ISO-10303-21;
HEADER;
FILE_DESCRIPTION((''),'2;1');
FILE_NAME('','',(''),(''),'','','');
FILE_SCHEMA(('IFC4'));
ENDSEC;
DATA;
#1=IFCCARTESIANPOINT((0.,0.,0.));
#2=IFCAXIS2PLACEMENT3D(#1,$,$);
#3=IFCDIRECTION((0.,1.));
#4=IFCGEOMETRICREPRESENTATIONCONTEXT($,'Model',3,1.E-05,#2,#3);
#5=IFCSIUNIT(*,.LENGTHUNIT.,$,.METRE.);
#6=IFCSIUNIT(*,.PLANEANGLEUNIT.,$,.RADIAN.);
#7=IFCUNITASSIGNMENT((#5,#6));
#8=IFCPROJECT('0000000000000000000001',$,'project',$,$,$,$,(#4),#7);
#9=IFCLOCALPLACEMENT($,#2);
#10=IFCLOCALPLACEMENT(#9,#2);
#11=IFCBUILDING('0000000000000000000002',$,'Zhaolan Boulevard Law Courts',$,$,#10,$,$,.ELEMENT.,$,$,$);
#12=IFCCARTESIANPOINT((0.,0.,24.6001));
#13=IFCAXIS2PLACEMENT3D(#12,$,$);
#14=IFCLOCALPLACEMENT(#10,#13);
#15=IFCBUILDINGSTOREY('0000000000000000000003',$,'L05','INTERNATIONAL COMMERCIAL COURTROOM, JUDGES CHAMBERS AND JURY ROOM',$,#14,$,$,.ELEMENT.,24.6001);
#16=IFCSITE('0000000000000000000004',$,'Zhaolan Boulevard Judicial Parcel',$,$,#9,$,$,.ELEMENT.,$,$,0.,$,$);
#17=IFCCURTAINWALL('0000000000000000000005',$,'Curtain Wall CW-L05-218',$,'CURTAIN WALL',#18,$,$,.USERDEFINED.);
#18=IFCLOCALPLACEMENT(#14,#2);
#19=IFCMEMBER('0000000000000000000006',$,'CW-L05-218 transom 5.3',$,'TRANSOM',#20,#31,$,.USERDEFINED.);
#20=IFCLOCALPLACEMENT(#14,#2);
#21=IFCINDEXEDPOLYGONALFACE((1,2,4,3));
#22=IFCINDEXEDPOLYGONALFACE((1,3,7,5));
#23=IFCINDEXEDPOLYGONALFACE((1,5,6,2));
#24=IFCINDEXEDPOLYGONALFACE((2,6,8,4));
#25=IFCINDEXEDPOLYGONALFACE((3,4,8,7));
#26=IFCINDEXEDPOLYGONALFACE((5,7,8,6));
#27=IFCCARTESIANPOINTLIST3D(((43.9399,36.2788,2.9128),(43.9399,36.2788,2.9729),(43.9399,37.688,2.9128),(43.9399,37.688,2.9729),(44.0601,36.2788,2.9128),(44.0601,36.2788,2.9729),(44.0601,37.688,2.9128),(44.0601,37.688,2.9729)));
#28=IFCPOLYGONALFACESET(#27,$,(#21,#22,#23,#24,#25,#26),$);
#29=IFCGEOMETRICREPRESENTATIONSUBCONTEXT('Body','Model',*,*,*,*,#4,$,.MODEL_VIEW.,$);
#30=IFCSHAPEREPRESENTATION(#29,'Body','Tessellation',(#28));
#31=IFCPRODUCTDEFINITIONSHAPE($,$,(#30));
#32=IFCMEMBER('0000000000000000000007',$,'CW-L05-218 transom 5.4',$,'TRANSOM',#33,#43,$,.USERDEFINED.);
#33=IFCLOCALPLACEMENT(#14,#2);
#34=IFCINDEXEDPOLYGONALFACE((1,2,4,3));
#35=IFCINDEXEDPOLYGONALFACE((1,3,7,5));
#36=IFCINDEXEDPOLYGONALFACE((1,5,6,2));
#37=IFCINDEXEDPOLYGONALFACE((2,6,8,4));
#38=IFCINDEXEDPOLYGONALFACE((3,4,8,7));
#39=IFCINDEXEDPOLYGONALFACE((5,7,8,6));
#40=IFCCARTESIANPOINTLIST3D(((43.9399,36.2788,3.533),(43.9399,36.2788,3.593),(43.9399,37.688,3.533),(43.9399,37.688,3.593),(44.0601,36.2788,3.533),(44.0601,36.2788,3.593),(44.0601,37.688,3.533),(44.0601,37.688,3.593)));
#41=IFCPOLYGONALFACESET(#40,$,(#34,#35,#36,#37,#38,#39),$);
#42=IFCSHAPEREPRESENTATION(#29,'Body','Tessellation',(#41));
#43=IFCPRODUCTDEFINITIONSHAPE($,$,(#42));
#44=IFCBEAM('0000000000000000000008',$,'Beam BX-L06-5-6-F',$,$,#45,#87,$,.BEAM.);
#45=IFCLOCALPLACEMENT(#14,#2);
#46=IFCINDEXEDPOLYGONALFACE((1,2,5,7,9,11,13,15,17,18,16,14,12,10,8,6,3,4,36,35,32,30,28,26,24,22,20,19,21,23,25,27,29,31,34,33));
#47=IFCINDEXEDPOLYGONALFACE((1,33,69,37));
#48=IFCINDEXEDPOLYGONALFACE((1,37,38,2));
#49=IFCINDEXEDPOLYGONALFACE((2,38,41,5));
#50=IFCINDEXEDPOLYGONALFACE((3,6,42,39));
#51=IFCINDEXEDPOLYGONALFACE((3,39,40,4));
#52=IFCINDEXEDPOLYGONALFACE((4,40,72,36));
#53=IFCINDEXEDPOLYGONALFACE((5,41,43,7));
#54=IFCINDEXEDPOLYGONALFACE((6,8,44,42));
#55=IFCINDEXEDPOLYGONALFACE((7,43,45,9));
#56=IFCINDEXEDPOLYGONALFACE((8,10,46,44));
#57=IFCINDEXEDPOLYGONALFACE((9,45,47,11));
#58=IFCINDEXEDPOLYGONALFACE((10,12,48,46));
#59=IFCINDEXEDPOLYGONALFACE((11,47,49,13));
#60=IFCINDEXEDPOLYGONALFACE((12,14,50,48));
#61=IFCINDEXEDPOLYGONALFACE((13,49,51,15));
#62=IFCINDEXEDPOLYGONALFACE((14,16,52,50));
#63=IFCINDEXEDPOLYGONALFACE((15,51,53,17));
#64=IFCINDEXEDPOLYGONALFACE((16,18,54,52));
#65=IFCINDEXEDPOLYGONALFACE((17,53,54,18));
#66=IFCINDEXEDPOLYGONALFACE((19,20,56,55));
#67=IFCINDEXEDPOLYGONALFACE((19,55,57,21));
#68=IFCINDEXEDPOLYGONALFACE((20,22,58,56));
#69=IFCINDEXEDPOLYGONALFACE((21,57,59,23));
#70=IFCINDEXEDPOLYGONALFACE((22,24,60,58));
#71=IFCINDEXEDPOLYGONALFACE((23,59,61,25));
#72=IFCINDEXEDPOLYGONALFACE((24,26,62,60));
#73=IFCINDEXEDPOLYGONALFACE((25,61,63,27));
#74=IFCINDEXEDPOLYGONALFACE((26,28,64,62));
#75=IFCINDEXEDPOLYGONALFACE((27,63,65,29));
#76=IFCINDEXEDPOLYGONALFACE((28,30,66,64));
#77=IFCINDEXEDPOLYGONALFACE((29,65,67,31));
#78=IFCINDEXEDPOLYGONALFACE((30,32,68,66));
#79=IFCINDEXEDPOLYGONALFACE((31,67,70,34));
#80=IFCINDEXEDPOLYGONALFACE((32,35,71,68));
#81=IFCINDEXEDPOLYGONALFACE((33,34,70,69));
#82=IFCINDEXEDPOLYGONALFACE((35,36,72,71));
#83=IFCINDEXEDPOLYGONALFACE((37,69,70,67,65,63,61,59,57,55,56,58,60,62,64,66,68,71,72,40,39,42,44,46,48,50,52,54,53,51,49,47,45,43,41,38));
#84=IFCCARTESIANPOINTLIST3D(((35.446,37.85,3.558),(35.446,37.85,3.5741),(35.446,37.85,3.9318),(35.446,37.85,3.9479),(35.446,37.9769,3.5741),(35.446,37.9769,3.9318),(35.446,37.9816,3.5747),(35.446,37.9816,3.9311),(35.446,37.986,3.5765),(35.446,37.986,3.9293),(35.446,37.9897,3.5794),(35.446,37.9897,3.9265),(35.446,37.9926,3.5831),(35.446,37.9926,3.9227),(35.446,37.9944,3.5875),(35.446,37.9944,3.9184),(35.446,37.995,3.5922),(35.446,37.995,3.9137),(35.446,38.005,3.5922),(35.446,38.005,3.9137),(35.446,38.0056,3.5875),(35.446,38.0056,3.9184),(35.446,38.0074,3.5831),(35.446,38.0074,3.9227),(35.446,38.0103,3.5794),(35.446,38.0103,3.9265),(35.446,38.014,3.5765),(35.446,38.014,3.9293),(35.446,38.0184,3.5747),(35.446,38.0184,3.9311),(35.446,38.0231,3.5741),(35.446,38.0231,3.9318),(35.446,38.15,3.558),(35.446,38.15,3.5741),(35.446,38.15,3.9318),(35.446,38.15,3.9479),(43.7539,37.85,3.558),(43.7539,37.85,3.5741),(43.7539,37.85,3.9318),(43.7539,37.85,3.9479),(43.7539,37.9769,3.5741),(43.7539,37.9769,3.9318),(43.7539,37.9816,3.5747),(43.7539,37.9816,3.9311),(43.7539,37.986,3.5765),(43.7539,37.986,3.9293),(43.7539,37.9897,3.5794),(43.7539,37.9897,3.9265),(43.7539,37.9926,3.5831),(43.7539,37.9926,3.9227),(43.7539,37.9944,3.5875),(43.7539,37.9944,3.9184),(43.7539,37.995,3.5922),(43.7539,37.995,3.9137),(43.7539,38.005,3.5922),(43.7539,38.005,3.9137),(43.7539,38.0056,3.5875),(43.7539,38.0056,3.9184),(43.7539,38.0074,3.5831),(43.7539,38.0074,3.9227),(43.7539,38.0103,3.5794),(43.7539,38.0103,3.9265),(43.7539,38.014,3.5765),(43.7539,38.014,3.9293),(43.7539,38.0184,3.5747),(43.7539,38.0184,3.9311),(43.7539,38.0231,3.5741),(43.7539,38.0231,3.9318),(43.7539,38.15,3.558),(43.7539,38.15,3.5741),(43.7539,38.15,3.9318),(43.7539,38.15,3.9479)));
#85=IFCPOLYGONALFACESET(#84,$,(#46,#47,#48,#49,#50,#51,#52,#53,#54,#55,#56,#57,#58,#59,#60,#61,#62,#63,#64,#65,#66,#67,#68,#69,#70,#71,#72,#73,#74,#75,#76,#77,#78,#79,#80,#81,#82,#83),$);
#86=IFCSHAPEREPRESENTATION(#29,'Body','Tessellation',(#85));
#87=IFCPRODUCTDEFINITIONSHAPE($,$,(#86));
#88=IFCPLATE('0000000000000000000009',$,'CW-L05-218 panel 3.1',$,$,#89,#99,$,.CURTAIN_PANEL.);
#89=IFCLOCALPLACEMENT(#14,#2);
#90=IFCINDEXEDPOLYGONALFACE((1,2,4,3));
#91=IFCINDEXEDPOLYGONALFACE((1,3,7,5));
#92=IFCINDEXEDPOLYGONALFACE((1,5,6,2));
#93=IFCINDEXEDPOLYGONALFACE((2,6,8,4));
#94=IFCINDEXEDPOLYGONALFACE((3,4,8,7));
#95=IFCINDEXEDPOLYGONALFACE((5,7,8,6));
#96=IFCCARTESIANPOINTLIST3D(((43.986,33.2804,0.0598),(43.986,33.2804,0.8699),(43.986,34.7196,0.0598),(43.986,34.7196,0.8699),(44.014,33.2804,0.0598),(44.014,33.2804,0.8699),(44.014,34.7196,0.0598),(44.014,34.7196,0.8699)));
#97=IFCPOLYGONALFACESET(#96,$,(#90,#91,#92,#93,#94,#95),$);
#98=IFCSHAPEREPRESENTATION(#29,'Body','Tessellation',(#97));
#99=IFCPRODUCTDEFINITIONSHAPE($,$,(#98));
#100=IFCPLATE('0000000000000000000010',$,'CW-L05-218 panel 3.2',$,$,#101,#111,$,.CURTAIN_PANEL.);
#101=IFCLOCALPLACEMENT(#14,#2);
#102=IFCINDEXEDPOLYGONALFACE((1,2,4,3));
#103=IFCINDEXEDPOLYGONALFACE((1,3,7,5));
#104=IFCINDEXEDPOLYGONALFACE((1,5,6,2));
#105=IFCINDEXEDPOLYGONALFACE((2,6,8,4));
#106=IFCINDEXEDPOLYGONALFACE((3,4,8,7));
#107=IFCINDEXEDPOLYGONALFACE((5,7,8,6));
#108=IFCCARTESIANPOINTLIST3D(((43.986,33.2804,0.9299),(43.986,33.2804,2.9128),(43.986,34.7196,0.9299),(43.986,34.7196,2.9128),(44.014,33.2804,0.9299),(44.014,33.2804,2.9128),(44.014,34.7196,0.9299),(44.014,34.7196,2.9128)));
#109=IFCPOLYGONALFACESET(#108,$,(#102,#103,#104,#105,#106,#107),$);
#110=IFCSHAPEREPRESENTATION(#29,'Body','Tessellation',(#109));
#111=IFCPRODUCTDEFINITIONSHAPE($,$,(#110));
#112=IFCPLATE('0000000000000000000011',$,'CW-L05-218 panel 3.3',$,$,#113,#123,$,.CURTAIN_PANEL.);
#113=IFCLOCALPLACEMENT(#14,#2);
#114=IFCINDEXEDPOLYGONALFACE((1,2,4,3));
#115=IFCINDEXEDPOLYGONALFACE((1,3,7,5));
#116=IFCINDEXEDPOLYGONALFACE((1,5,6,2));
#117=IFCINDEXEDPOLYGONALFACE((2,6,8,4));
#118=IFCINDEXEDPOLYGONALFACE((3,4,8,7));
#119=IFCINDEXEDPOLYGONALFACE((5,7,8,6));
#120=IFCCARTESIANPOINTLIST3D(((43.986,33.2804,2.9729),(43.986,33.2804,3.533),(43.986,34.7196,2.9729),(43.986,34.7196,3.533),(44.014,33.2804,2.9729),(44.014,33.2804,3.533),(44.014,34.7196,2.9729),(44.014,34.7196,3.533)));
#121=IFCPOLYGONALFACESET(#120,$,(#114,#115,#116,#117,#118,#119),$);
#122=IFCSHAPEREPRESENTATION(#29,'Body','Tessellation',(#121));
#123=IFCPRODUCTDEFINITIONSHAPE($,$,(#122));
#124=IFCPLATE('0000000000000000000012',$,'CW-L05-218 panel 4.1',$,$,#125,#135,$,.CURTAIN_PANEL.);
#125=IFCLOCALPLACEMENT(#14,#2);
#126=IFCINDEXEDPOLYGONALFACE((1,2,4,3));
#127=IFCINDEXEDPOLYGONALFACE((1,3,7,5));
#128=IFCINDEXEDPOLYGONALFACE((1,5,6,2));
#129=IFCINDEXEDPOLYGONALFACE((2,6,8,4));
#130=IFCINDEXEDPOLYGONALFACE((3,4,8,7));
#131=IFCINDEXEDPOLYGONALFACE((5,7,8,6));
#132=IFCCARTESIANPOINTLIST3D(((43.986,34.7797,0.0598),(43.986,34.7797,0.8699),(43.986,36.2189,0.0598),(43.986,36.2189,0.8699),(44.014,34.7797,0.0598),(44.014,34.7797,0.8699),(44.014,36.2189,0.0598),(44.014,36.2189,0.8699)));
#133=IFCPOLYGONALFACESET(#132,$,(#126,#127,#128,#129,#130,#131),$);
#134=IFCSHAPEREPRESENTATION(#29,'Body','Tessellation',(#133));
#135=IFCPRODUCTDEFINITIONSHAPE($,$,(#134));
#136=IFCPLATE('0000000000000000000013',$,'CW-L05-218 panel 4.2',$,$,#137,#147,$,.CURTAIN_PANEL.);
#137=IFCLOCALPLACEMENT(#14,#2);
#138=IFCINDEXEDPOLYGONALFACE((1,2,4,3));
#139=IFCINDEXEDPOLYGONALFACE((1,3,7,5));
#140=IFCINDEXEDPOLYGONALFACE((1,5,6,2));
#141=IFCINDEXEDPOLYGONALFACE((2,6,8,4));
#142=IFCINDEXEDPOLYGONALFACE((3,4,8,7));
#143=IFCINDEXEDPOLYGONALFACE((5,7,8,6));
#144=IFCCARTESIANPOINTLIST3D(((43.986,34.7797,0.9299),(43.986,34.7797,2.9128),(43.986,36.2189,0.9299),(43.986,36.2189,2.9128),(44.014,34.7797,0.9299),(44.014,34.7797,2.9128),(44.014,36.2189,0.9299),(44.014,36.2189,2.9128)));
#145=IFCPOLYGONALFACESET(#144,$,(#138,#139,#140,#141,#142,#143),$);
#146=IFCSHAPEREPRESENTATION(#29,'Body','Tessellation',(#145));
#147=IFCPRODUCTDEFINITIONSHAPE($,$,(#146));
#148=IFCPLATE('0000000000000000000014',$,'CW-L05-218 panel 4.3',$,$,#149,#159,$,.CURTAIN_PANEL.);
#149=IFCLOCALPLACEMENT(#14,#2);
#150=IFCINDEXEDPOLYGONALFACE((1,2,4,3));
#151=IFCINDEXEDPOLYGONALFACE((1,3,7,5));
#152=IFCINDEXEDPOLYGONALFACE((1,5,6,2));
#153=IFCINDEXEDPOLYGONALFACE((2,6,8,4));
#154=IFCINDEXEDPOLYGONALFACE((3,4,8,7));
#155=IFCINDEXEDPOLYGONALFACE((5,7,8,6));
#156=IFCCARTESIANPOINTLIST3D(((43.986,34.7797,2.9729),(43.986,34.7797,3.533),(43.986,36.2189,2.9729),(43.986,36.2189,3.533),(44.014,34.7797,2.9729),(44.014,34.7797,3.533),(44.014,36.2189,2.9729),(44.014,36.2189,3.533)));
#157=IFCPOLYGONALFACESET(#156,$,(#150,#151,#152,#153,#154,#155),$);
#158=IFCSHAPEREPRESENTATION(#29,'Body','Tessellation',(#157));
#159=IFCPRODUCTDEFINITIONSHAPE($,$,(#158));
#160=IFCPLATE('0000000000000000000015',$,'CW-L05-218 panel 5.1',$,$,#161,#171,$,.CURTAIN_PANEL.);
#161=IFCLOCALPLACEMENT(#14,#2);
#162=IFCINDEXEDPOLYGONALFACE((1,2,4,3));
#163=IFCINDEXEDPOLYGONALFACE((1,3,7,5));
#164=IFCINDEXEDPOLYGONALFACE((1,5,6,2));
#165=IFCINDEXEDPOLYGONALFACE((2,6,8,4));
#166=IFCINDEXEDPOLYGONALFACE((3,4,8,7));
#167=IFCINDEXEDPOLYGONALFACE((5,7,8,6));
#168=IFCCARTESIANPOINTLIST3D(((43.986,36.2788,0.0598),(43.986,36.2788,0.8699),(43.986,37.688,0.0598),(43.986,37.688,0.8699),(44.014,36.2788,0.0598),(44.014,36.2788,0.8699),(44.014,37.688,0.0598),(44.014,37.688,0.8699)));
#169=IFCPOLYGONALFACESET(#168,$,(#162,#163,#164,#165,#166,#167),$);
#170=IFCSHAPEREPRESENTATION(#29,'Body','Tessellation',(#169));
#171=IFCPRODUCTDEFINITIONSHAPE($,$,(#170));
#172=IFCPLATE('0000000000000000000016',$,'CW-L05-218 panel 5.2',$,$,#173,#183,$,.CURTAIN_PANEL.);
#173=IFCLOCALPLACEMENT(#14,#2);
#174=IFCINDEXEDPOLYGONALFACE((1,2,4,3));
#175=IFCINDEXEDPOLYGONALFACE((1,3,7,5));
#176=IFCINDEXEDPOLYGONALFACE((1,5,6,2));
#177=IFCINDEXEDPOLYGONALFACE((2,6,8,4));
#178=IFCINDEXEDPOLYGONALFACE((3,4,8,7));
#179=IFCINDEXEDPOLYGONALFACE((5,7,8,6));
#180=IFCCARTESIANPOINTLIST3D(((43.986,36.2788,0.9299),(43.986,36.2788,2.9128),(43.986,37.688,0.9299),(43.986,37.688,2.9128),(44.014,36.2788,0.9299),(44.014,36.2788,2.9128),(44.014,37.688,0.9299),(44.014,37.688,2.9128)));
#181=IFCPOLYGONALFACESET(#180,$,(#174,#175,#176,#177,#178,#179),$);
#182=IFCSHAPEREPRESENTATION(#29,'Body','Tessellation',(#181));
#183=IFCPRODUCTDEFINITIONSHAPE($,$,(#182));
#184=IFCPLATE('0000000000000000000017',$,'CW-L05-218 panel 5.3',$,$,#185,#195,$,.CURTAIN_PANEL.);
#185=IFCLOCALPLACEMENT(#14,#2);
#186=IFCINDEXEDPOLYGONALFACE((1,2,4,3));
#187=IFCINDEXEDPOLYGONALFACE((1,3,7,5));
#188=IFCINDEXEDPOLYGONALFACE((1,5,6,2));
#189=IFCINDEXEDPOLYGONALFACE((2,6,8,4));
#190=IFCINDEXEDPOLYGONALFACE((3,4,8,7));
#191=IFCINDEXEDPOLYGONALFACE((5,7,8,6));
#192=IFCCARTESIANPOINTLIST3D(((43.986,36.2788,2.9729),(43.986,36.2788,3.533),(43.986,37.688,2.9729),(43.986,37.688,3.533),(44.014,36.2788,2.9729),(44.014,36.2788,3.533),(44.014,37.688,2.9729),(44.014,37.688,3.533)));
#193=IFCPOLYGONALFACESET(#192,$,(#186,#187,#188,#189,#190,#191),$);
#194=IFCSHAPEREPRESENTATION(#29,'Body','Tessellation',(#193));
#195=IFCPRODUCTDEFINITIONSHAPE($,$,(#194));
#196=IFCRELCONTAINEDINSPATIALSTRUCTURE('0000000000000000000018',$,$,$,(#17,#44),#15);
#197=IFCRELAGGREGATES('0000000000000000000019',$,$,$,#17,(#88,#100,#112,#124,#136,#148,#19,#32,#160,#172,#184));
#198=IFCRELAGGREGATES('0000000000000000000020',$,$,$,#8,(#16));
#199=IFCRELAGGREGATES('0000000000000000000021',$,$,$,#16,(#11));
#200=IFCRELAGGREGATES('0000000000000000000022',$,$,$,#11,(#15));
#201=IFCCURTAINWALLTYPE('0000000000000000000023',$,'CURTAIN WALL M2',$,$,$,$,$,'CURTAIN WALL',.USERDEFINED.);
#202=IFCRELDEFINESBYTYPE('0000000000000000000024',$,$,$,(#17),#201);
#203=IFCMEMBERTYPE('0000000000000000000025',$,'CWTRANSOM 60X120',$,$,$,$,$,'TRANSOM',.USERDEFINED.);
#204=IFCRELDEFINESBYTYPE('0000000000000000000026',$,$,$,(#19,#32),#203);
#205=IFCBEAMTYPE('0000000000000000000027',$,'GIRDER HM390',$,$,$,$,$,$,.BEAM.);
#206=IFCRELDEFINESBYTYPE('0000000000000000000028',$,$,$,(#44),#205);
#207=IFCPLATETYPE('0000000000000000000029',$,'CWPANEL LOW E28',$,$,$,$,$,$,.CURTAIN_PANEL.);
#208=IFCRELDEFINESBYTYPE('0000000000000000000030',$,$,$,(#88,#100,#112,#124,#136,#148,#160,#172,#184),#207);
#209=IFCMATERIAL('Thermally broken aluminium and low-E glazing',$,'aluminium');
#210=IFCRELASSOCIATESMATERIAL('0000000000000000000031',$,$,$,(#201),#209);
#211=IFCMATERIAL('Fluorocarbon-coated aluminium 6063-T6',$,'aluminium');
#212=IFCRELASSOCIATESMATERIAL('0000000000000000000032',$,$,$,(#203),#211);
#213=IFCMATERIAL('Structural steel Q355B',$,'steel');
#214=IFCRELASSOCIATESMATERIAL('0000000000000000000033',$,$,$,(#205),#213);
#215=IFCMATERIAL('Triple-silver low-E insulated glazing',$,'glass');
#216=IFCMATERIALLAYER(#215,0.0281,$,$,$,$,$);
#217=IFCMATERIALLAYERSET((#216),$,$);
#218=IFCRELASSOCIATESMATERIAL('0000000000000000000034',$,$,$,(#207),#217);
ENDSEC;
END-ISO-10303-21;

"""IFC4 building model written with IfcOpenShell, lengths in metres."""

from ifc_helpers import new_model, si_unit, direction, frame, origin, origin_2d, place, context, subcontext, project, spatial, rectangle, i_section, extrude, material, layer, layer_set, material_profile, profile_set, type_object, element, aggregate, save


model = new_model("IFC4")

# Units and contexts
model_context = context("Model", 3, precision=1e-05, world=origin(), true_north=direction((0.0, 1.0)))
body_context = subcontext(model_context, "Body", "Model", "MODEL_VIEW")
ifc_project = project(units=[si_unit("LENGTHUNIT", "METRE"), si_unit("PLANEANGLEUNIT", "RADIAN")], contexts=[model_context])

# Site, building, storey
site_placement = place(None, origin())
site = spatial("IfcSite", under=ifc_project, at=site_placement, Name="Zhaolan Boulevard Judicial Parcel", CompositionType="ELEMENT", RefElevation=0.0)
building_placement = place(site_placement, origin())
building = spatial("IfcBuilding", under=site, at=building_placement, Name="Zhaolan Boulevard Law Courts", CompositionType="ELEMENT")
storey_placement = place(building_placement, frame((0.0, 0.0, 24.6001)))
storey = spatial("IfcBuildingStorey", under=building, at=storey_placement, Name="L05", Description="INTERNATIONAL COMMERCIAL COURTROOM, JUDGES CHAMBERS AND JURY ROOM", CompositionType="ELEMENT", Elevation=24.6001)

# Curtain wall, members
ifc_material_1 = material(Name="Thermally broken aluminium and low-E glazing", Category="aluminium")
curtain_wall_type = type_object("IfcCurtainWallType", Name="CURTAIN WALL M2", ElementType="CURTAIN WALL", PredefinedType="USERDEFINED", material=ifc_material_1)
curtain_wall_placement = place(storey_placement, origin())
curtain_wall = element("IfcCurtainWall", 1, at=curtain_wall_placement, inside=storey, type_object=curtain_wall_type, Name="Curtain Wall CW-L05-218", ObjectType="CURTAIN WALL", PredefinedType="USERDEFINED")
ifc_material_2 = material(Name="Fluorocarbon-coated aluminium 6063-T6", Category="aluminium")
ifc_material_profile_1 = material_profile(ifc_material_2, rectangle(XDim=0.1201, YDim=0.0601, at=origin_2d()), Name="AL60x120")
ifc_profile_set_1 = profile_set([ifc_material_profile_1], Name="Fluorocarbon-coated aluminium 6063-T6")
member_type_1 = type_object("IfcMemberType", Name="CWTRANSOM 60X120", ElementType="TRANSOM", PredefinedType="USERDEFINED", material=ifc_profile_set_1)
member_1_placement = place(storey_placement, frame((44.0, 36.2788, 2.9429), z_axis=(0.0, 1.0, 0.0), x_axis=(-1.0, 0.0, 0.0)))
member_1 = element("IfcMember", 2, at=member_1_placement, type_object=member_type_1, Name="CW-L05-218 transom 5.3", ObjectType="TRANSOM", PredefinedType="USERDEFINED", context=body_context, shape_type="SweptSolid", body=[
    extrude(rectangle(XDim=0.1201, YDim=0.0601, at=origin_2d()), origin(), (0.0, 0.0, 1.0), 1.4092),
])
member_2_placement = place(storey_placement, frame((44.0, 36.2788, 3.563), z_axis=(0.0, 1.0, 0.0), x_axis=(-1.0, 0.0, 0.0)))
member_2 = element("IfcMember", 3, at=member_2_placement, type_object=member_type_1, Name="CW-L05-218 transom 5.4", ObjectType="TRANSOM", PredefinedType="USERDEFINED", context=body_context, shape_type="SweptSolid", body=[
    extrude(rectangle(XDim=0.1201, YDim=0.0601, at=origin_2d()), origin(), (0.0, 0.0, 1.0), 1.4092),
])

# Beam
ifc_material_3 = material(Name="Structural steel Q355B", Category="steel")
ifc_material_profile_2 = material_profile(ifc_material_3, i_section(OverallWidth=0.3, OverallDepth=0.3899, WebThickness=0.01, FlangeThickness=0.0161, FilletRadius=0.0181, at=origin_2d()), Name="HM390x300")
ifc_profile_set_2 = profile_set([ifc_material_profile_2], Name="Structural steel Q355B")
beam_type = type_object("IfcBeamType", Name="GIRDER HM390", PredefinedType="BEAM", material=ifc_profile_set_2)
beam_placement = place(storey_placement, frame((35.446, 38.0, 3.7529), z_axis=(1.0, 0.0, 0.0), x_axis=(0.0, 1.0, 0.0)))
element("IfcBeam", 4, at=beam_placement, inside=storey, type_object=beam_type, Name="Beam BX-L06-5-6-F", PredefinedType="BEAM", context=body_context, shape_type="SweptSolid", body=[
    extrude(i_section(OverallWidth=0.3, OverallDepth=0.3899, WebThickness=0.01, FlangeThickness=0.0161, FilletRadius=0.0181, at=origin_2d()), origin(), (0.0, 0.0, 1.0), 8.3079),
])

# Plates
ifc_material_4 = material(Name="Triple-silver low-E insulated glazing", Category="glass")
ifc_layer = layer(ifc_material_4, 0.0281)
ifc_layer_set = layer_set([ifc_layer])
plate_type = type_object("IfcPlateType", Name="CWPANEL LOW E28", PredefinedType="CURTAIN_PANEL", material=ifc_layer_set)
plate_1_placement = place(storey_placement, frame((44.0, 34.0, 0.0598), z_axis=(0.0, 0.0, 1.0), x_axis=(0.0, 1.0, 0.0)))
plate_1 = element("IfcPlate", 5, at=plate_1_placement, type_object=plate_type, Name="CW-L05-218 panel 3.1", PredefinedType="CURTAIN_PANEL", context=body_context, shape_type="SweptSolid", body=[
    extrude(rectangle(XDim=1.4392, YDim=0.0281, at=origin_2d()), origin(), (0.0, 0.0, 1.0), 0.8101),
])
plate_2_placement = place(storey_placement, frame((44.0, 34.0, 0.9299), z_axis=(0.0, 0.0, 1.0), x_axis=(0.0, 1.0, 0.0)))
plate_2 = element("IfcPlate", 6, at=plate_2_placement, type_object=plate_type, Name="CW-L05-218 panel 3.2", PredefinedType="CURTAIN_PANEL", context=body_context, shape_type="SweptSolid", body=[
    extrude(rectangle(XDim=1.4392, YDim=0.0281, at=origin_2d()), origin(), (0.0, 0.0, 1.0), 1.9829),
])
plate_3_placement = place(storey_placement, frame((44.0, 34.0, 2.9729), z_axis=(0.0, 0.0, 1.0), x_axis=(0.0, 1.0, 0.0)))
plate_3 = element("IfcPlate", 7, at=plate_3_placement, type_object=plate_type, Name="CW-L05-218 panel 3.3", PredefinedType="CURTAIN_PANEL", context=body_context, shape_type="SweptSolid", body=[
    extrude(rectangle(XDim=1.4392, YDim=0.0281, at=origin_2d()), origin(), (0.0, 0.0, 1.0), 0.5601),
])
plate_4_placement = place(storey_placement, frame((44.0, 35.4993, 0.0598), z_axis=(0.0, 0.0, 1.0), x_axis=(0.0, 1.0, 0.0)))
plate_4 = element("IfcPlate", 8, at=plate_4_placement, type_object=plate_type, Name="CW-L05-218 panel 4.1", PredefinedType="CURTAIN_PANEL", context=body_context, shape_type="SweptSolid", body=[
    extrude(rectangle(XDim=1.4392, YDim=0.0281, at=origin_2d()), origin(), (0.0, 0.0, 1.0), 0.8101),
])
plate_5_placement = place(storey_placement, frame((44.0, 35.4993, 0.9299), z_axis=(0.0, 0.0, 1.0), x_axis=(0.0, 1.0, 0.0)))
plate_5 = element("IfcPlate", 9, at=plate_5_placement, type_object=plate_type, Name="CW-L05-218 panel 4.2", PredefinedType="CURTAIN_PANEL", context=body_context, shape_type="SweptSolid", body=[
    extrude(rectangle(XDim=1.4392, YDim=0.0281, at=origin_2d()), origin(), (0.0, 0.0, 1.0), 1.9829),
])
plate_6_placement = place(storey_placement, frame((44.0, 35.4993, 2.9729), z_axis=(0.0, 0.0, 1.0), x_axis=(0.0, 1.0, 0.0)))
plate_6 = element("IfcPlate", 10, at=plate_6_placement, type_object=plate_type, Name="CW-L05-218 panel 4.3", PredefinedType="CURTAIN_PANEL", context=body_context, shape_type="SweptSolid", body=[
    extrude(rectangle(XDim=1.4392, YDim=0.0281, at=origin_2d()), origin(), (0.0, 0.0, 1.0), 0.5601),
])
plate_7_placement = place(storey_placement, frame((44.0, 36.9834, 0.0598), z_axis=(0.0, 0.0, 1.0), x_axis=(0.0, 1.0, 0.0)))
plate_7 = element("IfcPlate", 11, at=plate_7_placement, type_object=plate_type, Name="CW-L05-218 panel 5.1", PredefinedType="CURTAIN_PANEL", context=body_context, shape_type="SweptSolid", body=[
    extrude(rectangle(XDim=1.4092, YDim=0.0281, at=origin_2d()), origin(), (0.0, 0.0, 1.0), 0.8101),
])
plate_8_placement = place(storey_placement, frame((44.0, 36.9834, 0.9299), z_axis=(0.0, 0.0, 1.0), x_axis=(0.0, 1.0, 0.0)))
plate_8 = element("IfcPlate", 12, at=plate_8_placement, type_object=plate_type, Name="CW-L05-218 panel 5.2", PredefinedType="CURTAIN_PANEL", context=body_context, shape_type="SweptSolid", body=[
    extrude(rectangle(XDim=1.4092, YDim=0.0281, at=origin_2d()), origin(), (0.0, 0.0, 1.0), 1.9829),
])
plate_9_placement = place(storey_placement, frame((44.0, 36.9834, 2.9729), z_axis=(0.0, 0.0, 1.0), x_axis=(0.0, 1.0, 0.0)))
plate_9 = element("IfcPlate", 13, at=plate_9_placement, type_object=plate_type, Name="CW-L05-218 panel 5.3", PredefinedType="CURTAIN_PANEL", context=body_context, shape_type="SweptSolid", body=[
    extrude(rectangle(XDim=1.4092, YDim=0.0281, at=origin_2d()), origin(), (0.0, 0.0, 1.0), 0.5601),
])
aggregate(curtain_wall, [plate_1, plate_2, plate_3, plate_4, plate_5, plate_6, member_1, member_2, plate_7, plate_8, plate_9])

save(model, "model.ifc")
